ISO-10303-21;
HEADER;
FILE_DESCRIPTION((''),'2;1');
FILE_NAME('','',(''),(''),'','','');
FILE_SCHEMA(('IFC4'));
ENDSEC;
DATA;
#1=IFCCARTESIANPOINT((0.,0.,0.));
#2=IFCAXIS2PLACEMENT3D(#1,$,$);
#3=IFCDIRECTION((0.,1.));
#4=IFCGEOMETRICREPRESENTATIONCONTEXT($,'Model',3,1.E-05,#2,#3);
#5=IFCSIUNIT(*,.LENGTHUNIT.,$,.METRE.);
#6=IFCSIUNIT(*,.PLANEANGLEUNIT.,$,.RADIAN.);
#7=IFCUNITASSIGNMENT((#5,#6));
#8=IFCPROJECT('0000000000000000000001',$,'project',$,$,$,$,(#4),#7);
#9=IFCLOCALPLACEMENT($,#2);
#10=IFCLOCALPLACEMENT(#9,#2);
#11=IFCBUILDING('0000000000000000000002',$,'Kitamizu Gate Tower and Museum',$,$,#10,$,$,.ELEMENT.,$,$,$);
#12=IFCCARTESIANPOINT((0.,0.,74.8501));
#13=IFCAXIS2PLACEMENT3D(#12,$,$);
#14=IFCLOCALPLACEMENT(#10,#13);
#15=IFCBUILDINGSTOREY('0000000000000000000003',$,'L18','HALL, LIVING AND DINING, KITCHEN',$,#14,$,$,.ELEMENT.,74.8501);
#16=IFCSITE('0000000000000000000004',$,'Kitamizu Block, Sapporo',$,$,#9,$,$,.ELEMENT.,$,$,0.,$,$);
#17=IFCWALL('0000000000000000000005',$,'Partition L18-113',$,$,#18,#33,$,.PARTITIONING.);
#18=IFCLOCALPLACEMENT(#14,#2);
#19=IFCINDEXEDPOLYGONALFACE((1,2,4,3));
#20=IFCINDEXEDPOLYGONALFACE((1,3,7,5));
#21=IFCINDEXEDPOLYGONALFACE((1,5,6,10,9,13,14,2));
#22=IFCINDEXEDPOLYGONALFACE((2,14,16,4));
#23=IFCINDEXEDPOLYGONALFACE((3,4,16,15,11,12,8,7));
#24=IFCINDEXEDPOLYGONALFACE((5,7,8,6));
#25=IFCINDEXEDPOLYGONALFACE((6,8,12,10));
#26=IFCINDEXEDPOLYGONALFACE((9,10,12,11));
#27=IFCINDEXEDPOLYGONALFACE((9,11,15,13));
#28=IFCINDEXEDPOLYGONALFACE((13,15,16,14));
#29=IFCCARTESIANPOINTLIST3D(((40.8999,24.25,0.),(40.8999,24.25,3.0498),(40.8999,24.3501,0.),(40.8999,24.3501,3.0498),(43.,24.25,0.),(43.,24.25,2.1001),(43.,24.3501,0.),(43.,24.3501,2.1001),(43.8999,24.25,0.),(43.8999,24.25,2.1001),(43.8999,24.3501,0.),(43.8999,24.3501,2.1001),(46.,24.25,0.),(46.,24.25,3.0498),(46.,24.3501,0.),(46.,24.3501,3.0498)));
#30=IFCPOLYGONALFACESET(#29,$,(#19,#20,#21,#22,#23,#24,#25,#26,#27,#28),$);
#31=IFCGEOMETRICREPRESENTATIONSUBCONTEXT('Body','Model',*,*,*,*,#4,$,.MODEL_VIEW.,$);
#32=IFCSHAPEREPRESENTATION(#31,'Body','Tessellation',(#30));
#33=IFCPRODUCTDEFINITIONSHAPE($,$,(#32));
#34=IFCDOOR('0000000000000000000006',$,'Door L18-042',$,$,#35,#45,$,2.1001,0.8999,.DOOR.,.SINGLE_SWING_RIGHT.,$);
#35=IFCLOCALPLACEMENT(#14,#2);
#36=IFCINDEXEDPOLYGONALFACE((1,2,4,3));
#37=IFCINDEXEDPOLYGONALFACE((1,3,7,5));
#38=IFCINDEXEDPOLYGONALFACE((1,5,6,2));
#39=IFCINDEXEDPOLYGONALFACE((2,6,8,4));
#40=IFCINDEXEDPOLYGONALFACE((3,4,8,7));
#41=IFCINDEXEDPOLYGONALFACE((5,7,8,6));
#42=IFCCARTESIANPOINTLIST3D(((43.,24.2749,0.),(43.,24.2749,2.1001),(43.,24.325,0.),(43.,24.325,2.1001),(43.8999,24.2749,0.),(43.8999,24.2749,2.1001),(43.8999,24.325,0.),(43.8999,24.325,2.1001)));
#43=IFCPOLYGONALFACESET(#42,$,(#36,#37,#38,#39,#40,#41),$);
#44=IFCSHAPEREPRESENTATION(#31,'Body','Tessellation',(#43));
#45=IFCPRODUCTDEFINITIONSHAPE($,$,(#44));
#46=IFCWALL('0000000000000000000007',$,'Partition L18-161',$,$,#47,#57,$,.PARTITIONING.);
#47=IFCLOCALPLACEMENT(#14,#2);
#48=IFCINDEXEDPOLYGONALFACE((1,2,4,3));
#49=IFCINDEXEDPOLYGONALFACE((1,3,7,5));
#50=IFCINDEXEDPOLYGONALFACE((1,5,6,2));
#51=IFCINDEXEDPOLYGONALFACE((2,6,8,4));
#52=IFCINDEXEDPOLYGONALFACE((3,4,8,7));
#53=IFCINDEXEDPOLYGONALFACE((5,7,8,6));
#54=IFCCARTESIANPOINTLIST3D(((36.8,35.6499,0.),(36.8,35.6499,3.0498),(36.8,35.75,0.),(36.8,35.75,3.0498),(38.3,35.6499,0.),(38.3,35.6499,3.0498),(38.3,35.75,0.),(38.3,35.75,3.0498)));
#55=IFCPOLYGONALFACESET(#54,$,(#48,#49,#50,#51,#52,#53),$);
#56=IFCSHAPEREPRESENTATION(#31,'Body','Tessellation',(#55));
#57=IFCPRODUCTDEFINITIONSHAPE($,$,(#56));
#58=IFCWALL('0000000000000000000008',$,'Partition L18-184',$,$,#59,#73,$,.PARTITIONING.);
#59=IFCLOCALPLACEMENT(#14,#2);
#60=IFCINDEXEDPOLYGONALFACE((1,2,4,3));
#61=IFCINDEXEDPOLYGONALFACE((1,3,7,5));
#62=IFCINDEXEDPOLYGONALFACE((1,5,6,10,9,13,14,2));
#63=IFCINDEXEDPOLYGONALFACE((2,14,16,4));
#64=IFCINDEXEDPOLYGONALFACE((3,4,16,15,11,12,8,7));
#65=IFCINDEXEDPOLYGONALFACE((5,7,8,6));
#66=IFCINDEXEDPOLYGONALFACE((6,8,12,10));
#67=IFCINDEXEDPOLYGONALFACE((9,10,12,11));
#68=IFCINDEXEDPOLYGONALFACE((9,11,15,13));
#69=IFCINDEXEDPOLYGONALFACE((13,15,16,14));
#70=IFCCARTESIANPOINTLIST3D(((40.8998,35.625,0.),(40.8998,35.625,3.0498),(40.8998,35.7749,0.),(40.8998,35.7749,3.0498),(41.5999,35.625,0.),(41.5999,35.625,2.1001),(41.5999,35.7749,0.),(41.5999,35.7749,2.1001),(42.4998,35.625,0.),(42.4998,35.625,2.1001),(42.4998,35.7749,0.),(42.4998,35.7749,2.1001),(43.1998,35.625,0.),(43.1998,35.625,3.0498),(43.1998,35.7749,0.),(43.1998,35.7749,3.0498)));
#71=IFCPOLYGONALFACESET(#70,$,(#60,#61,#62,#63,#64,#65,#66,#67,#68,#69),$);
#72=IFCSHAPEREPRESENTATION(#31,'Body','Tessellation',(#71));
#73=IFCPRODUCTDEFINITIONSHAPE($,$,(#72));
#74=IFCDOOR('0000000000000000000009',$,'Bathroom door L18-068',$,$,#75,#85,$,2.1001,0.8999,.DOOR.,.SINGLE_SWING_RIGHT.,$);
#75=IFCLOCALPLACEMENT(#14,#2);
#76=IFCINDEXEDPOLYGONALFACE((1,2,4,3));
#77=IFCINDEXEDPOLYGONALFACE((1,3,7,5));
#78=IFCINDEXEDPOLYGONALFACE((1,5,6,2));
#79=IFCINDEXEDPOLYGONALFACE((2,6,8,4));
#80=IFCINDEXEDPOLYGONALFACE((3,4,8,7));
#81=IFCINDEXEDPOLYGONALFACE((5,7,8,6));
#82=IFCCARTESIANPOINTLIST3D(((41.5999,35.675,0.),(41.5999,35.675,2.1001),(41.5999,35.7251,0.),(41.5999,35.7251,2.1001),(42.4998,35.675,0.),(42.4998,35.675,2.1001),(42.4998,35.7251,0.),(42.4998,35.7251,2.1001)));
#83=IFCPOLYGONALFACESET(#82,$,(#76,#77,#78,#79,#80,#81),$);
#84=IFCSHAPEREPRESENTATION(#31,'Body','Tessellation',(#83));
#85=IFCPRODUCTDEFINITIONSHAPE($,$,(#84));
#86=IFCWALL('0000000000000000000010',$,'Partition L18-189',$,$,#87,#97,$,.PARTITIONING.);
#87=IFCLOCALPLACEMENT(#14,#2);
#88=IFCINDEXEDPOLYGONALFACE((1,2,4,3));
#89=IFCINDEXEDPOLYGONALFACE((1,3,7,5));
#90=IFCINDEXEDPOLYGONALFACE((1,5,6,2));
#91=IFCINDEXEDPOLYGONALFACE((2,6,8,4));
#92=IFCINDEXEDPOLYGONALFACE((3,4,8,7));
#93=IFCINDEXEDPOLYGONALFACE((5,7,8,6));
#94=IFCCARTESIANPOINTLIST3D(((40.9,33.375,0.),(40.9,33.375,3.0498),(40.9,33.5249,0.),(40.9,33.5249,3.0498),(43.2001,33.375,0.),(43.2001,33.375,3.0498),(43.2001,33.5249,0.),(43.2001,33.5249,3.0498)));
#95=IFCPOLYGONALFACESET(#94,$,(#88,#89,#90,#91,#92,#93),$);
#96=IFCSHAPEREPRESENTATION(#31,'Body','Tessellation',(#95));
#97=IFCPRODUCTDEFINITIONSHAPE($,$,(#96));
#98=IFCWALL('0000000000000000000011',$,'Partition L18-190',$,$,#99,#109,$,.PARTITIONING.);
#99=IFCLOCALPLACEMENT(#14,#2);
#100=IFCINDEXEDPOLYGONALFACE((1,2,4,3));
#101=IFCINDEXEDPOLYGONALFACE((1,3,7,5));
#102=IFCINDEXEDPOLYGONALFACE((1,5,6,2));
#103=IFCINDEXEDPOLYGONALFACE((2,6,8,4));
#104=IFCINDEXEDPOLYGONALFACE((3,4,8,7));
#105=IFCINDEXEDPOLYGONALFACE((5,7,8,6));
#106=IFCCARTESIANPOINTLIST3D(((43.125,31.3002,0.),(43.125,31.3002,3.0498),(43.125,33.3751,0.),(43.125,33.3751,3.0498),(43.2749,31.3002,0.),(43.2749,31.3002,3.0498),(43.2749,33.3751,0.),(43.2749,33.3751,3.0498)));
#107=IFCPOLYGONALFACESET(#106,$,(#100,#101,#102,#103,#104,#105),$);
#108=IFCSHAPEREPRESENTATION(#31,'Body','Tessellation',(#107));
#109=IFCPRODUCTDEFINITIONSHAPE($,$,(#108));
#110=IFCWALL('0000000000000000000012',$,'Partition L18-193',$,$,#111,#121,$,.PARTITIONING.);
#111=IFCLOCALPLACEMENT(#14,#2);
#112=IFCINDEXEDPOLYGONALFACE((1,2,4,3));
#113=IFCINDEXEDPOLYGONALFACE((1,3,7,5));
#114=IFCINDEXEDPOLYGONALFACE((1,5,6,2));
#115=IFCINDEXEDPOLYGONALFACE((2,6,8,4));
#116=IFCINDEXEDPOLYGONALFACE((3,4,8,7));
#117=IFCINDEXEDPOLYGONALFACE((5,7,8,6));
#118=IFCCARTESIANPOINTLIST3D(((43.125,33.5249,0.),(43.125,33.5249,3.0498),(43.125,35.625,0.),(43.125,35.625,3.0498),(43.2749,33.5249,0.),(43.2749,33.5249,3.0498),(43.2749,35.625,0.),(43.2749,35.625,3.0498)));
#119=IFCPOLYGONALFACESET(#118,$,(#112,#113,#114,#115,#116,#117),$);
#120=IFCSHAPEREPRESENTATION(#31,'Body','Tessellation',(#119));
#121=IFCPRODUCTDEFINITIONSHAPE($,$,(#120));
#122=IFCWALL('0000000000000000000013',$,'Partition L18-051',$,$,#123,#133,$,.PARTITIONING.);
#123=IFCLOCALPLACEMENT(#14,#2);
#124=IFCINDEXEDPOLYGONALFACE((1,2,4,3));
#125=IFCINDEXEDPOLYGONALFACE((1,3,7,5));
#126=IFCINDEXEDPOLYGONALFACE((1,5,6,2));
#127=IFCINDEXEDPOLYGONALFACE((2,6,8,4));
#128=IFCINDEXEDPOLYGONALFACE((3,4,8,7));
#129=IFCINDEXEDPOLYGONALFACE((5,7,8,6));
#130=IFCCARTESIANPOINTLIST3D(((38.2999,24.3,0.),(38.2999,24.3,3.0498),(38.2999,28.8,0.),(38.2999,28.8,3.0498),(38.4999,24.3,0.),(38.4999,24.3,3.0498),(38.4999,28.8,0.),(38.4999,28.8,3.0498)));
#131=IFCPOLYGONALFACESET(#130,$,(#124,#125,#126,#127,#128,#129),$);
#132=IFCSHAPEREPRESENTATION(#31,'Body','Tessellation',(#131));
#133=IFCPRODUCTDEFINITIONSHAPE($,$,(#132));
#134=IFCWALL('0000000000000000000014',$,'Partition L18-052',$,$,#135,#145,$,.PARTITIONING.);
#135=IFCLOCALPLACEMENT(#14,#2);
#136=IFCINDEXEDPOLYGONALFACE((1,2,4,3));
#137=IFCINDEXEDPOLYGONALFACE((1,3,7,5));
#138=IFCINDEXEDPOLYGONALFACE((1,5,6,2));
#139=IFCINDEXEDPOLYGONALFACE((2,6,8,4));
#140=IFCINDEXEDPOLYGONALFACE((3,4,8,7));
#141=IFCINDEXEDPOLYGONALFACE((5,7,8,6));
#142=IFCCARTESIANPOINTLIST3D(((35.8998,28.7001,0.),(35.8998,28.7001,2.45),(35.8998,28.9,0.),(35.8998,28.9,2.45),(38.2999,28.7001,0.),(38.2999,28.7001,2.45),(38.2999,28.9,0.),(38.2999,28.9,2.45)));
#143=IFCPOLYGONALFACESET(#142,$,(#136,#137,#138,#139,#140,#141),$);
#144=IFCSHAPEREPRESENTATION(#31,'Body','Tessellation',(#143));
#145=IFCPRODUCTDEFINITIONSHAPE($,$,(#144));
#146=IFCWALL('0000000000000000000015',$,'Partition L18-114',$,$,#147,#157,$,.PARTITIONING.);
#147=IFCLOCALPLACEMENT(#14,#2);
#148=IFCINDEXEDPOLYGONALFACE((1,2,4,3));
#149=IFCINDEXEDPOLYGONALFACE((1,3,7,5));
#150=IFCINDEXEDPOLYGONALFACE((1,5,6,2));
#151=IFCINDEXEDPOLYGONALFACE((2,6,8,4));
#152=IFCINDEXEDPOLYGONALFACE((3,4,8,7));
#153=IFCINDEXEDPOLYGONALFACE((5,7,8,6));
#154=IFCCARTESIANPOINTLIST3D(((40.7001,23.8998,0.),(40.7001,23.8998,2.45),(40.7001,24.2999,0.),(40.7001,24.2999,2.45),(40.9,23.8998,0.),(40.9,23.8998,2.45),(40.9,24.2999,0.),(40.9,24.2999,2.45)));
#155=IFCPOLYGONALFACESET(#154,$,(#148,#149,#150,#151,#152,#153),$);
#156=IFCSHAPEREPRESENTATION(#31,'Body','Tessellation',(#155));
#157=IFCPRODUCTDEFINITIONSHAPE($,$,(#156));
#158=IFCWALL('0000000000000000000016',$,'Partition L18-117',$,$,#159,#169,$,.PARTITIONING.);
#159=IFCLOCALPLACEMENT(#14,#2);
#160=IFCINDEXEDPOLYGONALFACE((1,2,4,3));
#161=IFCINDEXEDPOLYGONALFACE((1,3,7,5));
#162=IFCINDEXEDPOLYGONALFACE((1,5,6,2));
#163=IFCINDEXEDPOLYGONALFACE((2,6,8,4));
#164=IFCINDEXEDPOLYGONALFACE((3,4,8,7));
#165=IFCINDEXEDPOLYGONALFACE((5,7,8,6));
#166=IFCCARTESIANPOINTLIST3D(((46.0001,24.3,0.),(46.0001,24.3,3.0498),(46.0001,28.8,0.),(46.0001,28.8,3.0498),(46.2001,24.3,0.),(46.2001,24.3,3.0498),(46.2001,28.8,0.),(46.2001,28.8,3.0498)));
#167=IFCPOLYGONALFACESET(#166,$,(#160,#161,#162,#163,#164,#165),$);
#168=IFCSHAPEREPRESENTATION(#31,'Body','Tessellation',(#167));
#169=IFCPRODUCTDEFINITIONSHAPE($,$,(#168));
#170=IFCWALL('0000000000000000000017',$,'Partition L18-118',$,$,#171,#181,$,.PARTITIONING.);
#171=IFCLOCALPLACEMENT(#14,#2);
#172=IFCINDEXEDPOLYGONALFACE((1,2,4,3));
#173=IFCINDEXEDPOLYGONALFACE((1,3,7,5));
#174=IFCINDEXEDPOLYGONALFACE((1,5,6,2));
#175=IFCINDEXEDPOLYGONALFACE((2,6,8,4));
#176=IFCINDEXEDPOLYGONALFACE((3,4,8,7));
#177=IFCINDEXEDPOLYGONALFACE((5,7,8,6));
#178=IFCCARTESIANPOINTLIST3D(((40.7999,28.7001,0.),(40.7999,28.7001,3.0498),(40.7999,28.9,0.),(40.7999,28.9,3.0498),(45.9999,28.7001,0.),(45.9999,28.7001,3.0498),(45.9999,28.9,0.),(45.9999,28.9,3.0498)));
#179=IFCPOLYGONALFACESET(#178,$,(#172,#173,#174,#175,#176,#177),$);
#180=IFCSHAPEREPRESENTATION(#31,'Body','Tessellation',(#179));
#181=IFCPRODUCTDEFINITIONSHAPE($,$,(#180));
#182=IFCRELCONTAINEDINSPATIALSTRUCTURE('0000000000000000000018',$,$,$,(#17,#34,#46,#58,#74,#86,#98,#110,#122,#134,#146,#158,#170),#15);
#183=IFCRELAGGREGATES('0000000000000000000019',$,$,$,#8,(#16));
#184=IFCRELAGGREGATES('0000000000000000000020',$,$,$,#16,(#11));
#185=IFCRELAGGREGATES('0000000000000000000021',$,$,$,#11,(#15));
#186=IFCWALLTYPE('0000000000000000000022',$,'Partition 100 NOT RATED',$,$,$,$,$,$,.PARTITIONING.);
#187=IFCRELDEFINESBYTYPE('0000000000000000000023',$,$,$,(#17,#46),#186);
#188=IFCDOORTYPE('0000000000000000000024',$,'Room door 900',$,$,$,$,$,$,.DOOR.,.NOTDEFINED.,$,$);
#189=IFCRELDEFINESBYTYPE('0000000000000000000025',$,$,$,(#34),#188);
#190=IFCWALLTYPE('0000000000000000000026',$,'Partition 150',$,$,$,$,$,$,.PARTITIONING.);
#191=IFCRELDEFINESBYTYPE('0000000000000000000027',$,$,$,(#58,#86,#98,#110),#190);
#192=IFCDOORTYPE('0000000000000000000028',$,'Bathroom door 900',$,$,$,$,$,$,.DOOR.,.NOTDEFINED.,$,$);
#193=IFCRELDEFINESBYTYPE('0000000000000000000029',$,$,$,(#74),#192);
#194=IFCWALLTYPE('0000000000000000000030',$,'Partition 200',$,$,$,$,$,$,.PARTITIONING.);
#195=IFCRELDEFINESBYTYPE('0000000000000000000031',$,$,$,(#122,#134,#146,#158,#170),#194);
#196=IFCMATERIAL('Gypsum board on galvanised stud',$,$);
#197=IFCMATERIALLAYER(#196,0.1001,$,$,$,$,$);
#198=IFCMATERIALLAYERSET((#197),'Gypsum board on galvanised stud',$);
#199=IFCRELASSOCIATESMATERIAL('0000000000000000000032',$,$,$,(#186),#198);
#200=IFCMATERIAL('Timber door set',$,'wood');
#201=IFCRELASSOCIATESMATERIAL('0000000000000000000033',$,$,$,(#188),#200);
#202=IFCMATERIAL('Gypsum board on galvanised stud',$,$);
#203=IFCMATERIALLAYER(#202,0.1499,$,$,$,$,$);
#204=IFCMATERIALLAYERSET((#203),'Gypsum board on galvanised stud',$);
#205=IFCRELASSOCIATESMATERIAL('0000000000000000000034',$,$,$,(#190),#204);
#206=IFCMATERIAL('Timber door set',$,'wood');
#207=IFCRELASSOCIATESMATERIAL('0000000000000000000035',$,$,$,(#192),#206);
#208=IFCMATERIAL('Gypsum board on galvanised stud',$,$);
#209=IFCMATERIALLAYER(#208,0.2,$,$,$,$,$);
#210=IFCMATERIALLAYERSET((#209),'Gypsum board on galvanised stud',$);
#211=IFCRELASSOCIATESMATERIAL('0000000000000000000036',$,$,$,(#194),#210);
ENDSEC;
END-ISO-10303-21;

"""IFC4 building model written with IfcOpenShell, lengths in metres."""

from ifc_helpers import new_model, si_unit, direction, frame, frame_2d, origin, place, context, subcontext, project, spatial, rectangle, extrude, material, layer, layer_set, type_object, element, fill, save


model = new_model("IFC4")

# Units and contexts
model_context = context("Model", 3, precision=1e-05, world=origin(), true_north=direction((0.0, 1.0)))
body_context = subcontext(model_context, "Body", "Model", "MODEL_VIEW")
ifc_project = project(units=[si_unit("LENGTHUNIT", "METRE"), si_unit("PLANEANGLEUNIT", "RADIAN")], contexts=[model_context])

# Site, building, storey
site_placement = place(None, origin())
site = spatial("IfcSite", under=ifc_project, at=site_placement, Name="Kitamizu Block, Sapporo", CompositionType="ELEMENT", RefElevation=0.0)
building_placement = place(site_placement, origin())
building = spatial("IfcBuilding", under=site, at=building_placement, Name="Kitamizu Gate Tower and Museum", CompositionType="ELEMENT")
storey_placement = place(building_placement, frame((0.0, 0.0, 74.8501)))
storey = spatial("IfcBuildingStorey", under=building, at=storey_placement, Name="L18", Description="HALL, LIVING AND DINING, KITCHEN", CompositionType="ELEMENT", Elevation=74.8501)

# Wall, opening, door
ifc_material_1 = material(Name="Gypsum board on galvanised stud")
ifc_layer_1 = layer(ifc_material_1, 0.1001)
ifc_layer_set_1 = layer_set([ifc_layer_1], Name="Gypsum board on galvanised stud")
wall_type_1 = type_object("IfcWallType", Name="Partition 100 NOT RATED", PredefinedType="PARTITIONING", material=ifc_layer_set_1)
wall_1_placement = place(storey_placement, frame((46.0, 24.3, 0.0), z_axis=(0.0, 0.0, 1.0), x_axis=(-1.0, 0.0, 0.0)))
wall_1 = element("IfcWall", 1, at=wall_1_placement, inside=storey, type_object=wall_type_1, Name="Partition L18-113", PredefinedType="PARTITIONING", context=body_context, shape_type="SweptSolid", body=[
    extrude(rectangle(XDim=5.1001, YDim=0.1001, at=frame_2d((2.55, 0.0))), origin(), (0.0, 0.0, 1.0), 3.0498),
])
opening_1_placement = place(wall_1_placement, frame((2.1001, 0.0, 0.0)))
opening_1 = element("IfcOpeningElement", 2, at=opening_1_placement, cuts=wall_1, PredefinedType="OPENING", context=body_context, shape_type="SweptSolid", body=[
    extrude(rectangle(XDim=0.8999, YDim=2.1001, at=frame_2d((0.45, 1.05))), frame((0.0, 0.0601, 0.0), z_axis=(0.0, -1.0, 0.0), x_axis=(1.0, 0.0, 0.0)), (0.0, 0.0, 1.0), 0.1201),
])
ifc_material_2 = material(Name="Timber door set", Category="wood")
door_type_1 = type_object("IfcDoorType", Name="Room door 900", OperationType="NOTDEFINED", PredefinedType="DOOR", material=ifc_material_2)
door_1_placement = place(opening_1_placement, frame((0.8999, 0.0, 0.0), x_axis=(-1.0, 0.0, 0.0)))
door_1 = element("IfcDoor", 3, at=door_1_placement, inside=storey, type_object=door_type_1, Name="Door L18-042", OperationType="SINGLE_SWING_RIGHT", OverallHeight=2.1001, OverallWidth=0.8999, PredefinedType="DOOR", context=body_context, shape_type="SweptSolid", body=[
    extrude(rectangle(XDim=0.8999, YDim=2.1001, at=frame_2d((0.45, 1.05))), frame((0.0, 0.0249, 0.0), z_axis=(0.0, -1.0, 0.0), x_axis=(1.0, 0.0, 0.0)), (0.0, 0.0, 1.0), 0.05),
])
fill(opening_1, door_1)

# Wall
wall_2_placement = place(storey_placement, frame((36.8, 35.7, 0.0), z_axis=(0.0, 0.0, 1.0), x_axis=(1.0, 0.0, 0.0)))
element("IfcWall", 4, at=wall_2_placement, inside=storey, type_object=wall_type_1, Name="Partition L18-161", PredefinedType="PARTITIONING", context=body_context, shape_type="SweptSolid", body=[
    extrude(rectangle(XDim=1.5, YDim=0.1001, at=frame_2d((0.75, 0.0))), origin(), (0.0, 0.0, 1.0), 3.0498),
])

# Wall, opening, door
ifc_material_3 = material(Name="Gypsum board on galvanised stud")
ifc_layer_2 = layer(ifc_material_3, 0.1499)
ifc_layer_set_2 = layer_set([ifc_layer_2], Name="Gypsum board on galvanised stud")
wall_type_2 = type_object("IfcWallType", Name="Partition 150", PredefinedType="PARTITIONING", material=ifc_layer_set_2)
wall_3_placement = place(storey_placement, frame((40.8999, 35.7, 0.0), z_axis=(0.0, 0.0, 1.0), x_axis=(1.0, 0.0, 0.0)))
wall_3 = element("IfcWall", 5, at=wall_3_placement, inside=storey, type_object=wall_type_2, Name="Partition L18-184", PredefinedType="PARTITIONING", context=body_context, shape_type="SweptSolid", body=[
    extrude(rectangle(XDim=2.3, YDim=0.1499, at=frame_2d((1.1499, 0.0))), origin(), (0.0, 0.0, 1.0), 3.0498),
])
opening_2_placement = place(wall_3_placement, frame((0.7, 0.0, 0.0)))
opening_2 = element("IfcOpeningElement", 6, at=opening_2_placement, cuts=wall_3, PredefinedType="OPENING", context=body_context, shape_type="SweptSolid", body=[
    extrude(rectangle(XDim=0.8999, YDim=2.1001, at=frame_2d((0.45, 1.05))), frame((0.0, 0.085, 0.0), z_axis=(0.0, -1.0, 0.0), x_axis=(1.0, 0.0, 0.0)), (0.0, 0.0, 1.0), 0.1699),
])
ifc_material_4 = material(Name="Timber door set", Category="wood")
door_type_2 = type_object("IfcDoorType", Name="Bathroom door 900", OperationType="NOTDEFINED", PredefinedType="DOOR", material=ifc_material_4)
door_2_placement = place(opening_2_placement, frame((0.8999, 0.0, 0.0), x_axis=(-1.0, 0.0, 0.0)))
door_2 = element("IfcDoor", 7, at=door_2_placement, inside=storey, type_object=door_type_2, Name="Bathroom door L18-068", OperationType="SINGLE_SWING_RIGHT", OverallHeight=2.1001, OverallWidth=0.8999, PredefinedType="DOOR", context=body_context, shape_type="SweptSolid", body=[
    extrude(rectangle(XDim=0.8999, YDim=2.1001, at=frame_2d((0.45, 1.05))), frame((0.0, 0.0249, 0.0), z_axis=(0.0, -1.0, 0.0), x_axis=(1.0, 0.0, 0.0)), (0.0, 0.0, 1.0), 0.05),
])
fill(opening_2, door_2)

# Walls
wall_4_placement = place(storey_placement, frame((43.2, 33.45, 0.0), z_axis=(0.0, 0.0, 1.0), x_axis=(-1.0, 0.0, 0.0)))
element("IfcWall", 8, at=wall_4_placement, inside=storey, type_object=wall_type_2, Name="Partition L18-189", PredefinedType="PARTITIONING", context=body_context, shape_type="SweptSolid", body=[
    extrude(rectangle(XDim=2.3, YDim=0.1499, at=frame_2d((1.1499, 0.0))), origin(), (0.0, 0.0, 1.0), 3.0498),
])
wall_5_placement = place(storey_placement, frame((43.2, 31.3, 0.0), z_axis=(0.0, 0.0, 1.0), x_axis=(0.0, 1.0, 0.0)))
element("IfcWall", 9, at=wall_5_placement, inside=storey, type_object=wall_type_2, Name="Partition L18-190", PredefinedType="PARTITIONING", context=body_context, shape_type="SweptSolid", body=[
    extrude(rectangle(XDim=2.075, YDim=0.1499, at=frame_2d((1.0376, 0.0))), origin(), (0.0, 0.0, 1.0), 3.0498),
])
wall_6_placement = place(storey_placement, frame((43.2, 33.5249, 0.0), z_axis=(0.0, 0.0, 1.0), x_axis=(0.0, 1.0, 0.0)))
element("IfcWall", 10, at=wall_6_placement, inside=storey, type_object=wall_type_2, Name="Partition L18-193", PredefinedType="PARTITIONING", context=body_context, shape_type="SweptSolid", body=[
    extrude(rectangle(XDim=2.1001, YDim=0.1499, at=frame_2d((1.05, 0.0))), origin(), (0.0, 0.0, 1.0), 3.0498),
])
ifc_material_5 = material(Name="Gypsum board on galvanised stud")
ifc_layer_3 = layer(ifc_material_5, 0.2)
ifc_layer_set_3 = layer_set([ifc_layer_3], Name="Gypsum board on galvanised stud")
wall_type_3 = type_object("IfcWallType", Name="Partition 200", PredefinedType="PARTITIONING", material=ifc_layer_set_3)
wall_7_placement = place(storey_placement, frame((38.3999, 24.3, 0.0), z_axis=(0.0, 0.0, 1.0), x_axis=(0.0, 1.0, 0.0)))
element("IfcWall", 11, at=wall_7_placement, inside=storey, type_object=wall_type_3, Name="Partition L18-051", PredefinedType="PARTITIONING", context=body_context, shape_type="SweptSolid", body=[
    extrude(rectangle(XDim=4.5, YDim=0.2, at=frame_2d((2.25, 0.0))), origin(), (0.0, 0.0, 1.0), 3.0498),
])
wall_8_placement = place(storey_placement, frame((38.3, 28.8, 0.0), z_axis=(0.0, 0.0, 1.0), x_axis=(-1.0, 0.0, 0.0)))
element("IfcWall", 12, at=wall_8_placement, inside=storey, type_object=wall_type_3, Name="Partition L18-052", PredefinedType="PARTITIONING", context=body_context, shape_type="SweptSolid", body=[
    extrude(rectangle(XDim=2.4001, YDim=0.2, at=frame_2d((1.2002, 0.0))), origin(), (0.0, 0.0, 1.0), 2.45),
])
wall_9_placement = place(storey_placement, frame((40.8, 24.3, 0.0), z_axis=(0.0, 0.0, 1.0), x_axis=(0.0, -1.0, 0.0)))
element("IfcWall", 13, at=wall_9_placement, inside=storey, type_object=wall_type_3, Name="Partition L18-114", PredefinedType="PARTITIONING", context=body_context, shape_type="SweptSolid", body=[
    extrude(rectangle(XDim=0.4001, YDim=0.2, at=frame_2d((0.2002, 0.0))), origin(), (0.0, 0.0, 1.0), 2.45),
])
wall_10_placement = place(storey_placement, frame((46.1001, 24.3, 0.0), z_axis=(0.0, 0.0, 1.0), x_axis=(0.0, 1.0, 0.0)))
element("IfcWall", 14, at=wall_10_placement, inside=storey, type_object=wall_type_3, Name="Partition L18-117", PredefinedType="PARTITIONING", context=body_context, shape_type="SweptSolid", body=[
    extrude(rectangle(XDim=4.5, YDim=0.2, at=frame_2d((2.25, 0.0))), origin(), (0.0, 0.0, 1.0), 3.0498),
])
wall_11_placement = place(storey_placement, frame((46.0, 28.8, 0.0), z_axis=(0.0, 0.0, 1.0), x_axis=(-1.0, 0.0, 0.0)))
element("IfcWall", 15, at=wall_11_placement, inside=storey, type_object=wall_type_3, Name="Partition L18-118", PredefinedType="PARTITIONING", context=body_context, shape_type="SweptSolid", body=[
    extrude(rectangle(XDim=5.2, YDim=0.2, at=frame_2d((2.6001, 0.0))), origin(), (0.0, 0.0, 1.0), 3.0498),
])

save(model, "model.ifc")
